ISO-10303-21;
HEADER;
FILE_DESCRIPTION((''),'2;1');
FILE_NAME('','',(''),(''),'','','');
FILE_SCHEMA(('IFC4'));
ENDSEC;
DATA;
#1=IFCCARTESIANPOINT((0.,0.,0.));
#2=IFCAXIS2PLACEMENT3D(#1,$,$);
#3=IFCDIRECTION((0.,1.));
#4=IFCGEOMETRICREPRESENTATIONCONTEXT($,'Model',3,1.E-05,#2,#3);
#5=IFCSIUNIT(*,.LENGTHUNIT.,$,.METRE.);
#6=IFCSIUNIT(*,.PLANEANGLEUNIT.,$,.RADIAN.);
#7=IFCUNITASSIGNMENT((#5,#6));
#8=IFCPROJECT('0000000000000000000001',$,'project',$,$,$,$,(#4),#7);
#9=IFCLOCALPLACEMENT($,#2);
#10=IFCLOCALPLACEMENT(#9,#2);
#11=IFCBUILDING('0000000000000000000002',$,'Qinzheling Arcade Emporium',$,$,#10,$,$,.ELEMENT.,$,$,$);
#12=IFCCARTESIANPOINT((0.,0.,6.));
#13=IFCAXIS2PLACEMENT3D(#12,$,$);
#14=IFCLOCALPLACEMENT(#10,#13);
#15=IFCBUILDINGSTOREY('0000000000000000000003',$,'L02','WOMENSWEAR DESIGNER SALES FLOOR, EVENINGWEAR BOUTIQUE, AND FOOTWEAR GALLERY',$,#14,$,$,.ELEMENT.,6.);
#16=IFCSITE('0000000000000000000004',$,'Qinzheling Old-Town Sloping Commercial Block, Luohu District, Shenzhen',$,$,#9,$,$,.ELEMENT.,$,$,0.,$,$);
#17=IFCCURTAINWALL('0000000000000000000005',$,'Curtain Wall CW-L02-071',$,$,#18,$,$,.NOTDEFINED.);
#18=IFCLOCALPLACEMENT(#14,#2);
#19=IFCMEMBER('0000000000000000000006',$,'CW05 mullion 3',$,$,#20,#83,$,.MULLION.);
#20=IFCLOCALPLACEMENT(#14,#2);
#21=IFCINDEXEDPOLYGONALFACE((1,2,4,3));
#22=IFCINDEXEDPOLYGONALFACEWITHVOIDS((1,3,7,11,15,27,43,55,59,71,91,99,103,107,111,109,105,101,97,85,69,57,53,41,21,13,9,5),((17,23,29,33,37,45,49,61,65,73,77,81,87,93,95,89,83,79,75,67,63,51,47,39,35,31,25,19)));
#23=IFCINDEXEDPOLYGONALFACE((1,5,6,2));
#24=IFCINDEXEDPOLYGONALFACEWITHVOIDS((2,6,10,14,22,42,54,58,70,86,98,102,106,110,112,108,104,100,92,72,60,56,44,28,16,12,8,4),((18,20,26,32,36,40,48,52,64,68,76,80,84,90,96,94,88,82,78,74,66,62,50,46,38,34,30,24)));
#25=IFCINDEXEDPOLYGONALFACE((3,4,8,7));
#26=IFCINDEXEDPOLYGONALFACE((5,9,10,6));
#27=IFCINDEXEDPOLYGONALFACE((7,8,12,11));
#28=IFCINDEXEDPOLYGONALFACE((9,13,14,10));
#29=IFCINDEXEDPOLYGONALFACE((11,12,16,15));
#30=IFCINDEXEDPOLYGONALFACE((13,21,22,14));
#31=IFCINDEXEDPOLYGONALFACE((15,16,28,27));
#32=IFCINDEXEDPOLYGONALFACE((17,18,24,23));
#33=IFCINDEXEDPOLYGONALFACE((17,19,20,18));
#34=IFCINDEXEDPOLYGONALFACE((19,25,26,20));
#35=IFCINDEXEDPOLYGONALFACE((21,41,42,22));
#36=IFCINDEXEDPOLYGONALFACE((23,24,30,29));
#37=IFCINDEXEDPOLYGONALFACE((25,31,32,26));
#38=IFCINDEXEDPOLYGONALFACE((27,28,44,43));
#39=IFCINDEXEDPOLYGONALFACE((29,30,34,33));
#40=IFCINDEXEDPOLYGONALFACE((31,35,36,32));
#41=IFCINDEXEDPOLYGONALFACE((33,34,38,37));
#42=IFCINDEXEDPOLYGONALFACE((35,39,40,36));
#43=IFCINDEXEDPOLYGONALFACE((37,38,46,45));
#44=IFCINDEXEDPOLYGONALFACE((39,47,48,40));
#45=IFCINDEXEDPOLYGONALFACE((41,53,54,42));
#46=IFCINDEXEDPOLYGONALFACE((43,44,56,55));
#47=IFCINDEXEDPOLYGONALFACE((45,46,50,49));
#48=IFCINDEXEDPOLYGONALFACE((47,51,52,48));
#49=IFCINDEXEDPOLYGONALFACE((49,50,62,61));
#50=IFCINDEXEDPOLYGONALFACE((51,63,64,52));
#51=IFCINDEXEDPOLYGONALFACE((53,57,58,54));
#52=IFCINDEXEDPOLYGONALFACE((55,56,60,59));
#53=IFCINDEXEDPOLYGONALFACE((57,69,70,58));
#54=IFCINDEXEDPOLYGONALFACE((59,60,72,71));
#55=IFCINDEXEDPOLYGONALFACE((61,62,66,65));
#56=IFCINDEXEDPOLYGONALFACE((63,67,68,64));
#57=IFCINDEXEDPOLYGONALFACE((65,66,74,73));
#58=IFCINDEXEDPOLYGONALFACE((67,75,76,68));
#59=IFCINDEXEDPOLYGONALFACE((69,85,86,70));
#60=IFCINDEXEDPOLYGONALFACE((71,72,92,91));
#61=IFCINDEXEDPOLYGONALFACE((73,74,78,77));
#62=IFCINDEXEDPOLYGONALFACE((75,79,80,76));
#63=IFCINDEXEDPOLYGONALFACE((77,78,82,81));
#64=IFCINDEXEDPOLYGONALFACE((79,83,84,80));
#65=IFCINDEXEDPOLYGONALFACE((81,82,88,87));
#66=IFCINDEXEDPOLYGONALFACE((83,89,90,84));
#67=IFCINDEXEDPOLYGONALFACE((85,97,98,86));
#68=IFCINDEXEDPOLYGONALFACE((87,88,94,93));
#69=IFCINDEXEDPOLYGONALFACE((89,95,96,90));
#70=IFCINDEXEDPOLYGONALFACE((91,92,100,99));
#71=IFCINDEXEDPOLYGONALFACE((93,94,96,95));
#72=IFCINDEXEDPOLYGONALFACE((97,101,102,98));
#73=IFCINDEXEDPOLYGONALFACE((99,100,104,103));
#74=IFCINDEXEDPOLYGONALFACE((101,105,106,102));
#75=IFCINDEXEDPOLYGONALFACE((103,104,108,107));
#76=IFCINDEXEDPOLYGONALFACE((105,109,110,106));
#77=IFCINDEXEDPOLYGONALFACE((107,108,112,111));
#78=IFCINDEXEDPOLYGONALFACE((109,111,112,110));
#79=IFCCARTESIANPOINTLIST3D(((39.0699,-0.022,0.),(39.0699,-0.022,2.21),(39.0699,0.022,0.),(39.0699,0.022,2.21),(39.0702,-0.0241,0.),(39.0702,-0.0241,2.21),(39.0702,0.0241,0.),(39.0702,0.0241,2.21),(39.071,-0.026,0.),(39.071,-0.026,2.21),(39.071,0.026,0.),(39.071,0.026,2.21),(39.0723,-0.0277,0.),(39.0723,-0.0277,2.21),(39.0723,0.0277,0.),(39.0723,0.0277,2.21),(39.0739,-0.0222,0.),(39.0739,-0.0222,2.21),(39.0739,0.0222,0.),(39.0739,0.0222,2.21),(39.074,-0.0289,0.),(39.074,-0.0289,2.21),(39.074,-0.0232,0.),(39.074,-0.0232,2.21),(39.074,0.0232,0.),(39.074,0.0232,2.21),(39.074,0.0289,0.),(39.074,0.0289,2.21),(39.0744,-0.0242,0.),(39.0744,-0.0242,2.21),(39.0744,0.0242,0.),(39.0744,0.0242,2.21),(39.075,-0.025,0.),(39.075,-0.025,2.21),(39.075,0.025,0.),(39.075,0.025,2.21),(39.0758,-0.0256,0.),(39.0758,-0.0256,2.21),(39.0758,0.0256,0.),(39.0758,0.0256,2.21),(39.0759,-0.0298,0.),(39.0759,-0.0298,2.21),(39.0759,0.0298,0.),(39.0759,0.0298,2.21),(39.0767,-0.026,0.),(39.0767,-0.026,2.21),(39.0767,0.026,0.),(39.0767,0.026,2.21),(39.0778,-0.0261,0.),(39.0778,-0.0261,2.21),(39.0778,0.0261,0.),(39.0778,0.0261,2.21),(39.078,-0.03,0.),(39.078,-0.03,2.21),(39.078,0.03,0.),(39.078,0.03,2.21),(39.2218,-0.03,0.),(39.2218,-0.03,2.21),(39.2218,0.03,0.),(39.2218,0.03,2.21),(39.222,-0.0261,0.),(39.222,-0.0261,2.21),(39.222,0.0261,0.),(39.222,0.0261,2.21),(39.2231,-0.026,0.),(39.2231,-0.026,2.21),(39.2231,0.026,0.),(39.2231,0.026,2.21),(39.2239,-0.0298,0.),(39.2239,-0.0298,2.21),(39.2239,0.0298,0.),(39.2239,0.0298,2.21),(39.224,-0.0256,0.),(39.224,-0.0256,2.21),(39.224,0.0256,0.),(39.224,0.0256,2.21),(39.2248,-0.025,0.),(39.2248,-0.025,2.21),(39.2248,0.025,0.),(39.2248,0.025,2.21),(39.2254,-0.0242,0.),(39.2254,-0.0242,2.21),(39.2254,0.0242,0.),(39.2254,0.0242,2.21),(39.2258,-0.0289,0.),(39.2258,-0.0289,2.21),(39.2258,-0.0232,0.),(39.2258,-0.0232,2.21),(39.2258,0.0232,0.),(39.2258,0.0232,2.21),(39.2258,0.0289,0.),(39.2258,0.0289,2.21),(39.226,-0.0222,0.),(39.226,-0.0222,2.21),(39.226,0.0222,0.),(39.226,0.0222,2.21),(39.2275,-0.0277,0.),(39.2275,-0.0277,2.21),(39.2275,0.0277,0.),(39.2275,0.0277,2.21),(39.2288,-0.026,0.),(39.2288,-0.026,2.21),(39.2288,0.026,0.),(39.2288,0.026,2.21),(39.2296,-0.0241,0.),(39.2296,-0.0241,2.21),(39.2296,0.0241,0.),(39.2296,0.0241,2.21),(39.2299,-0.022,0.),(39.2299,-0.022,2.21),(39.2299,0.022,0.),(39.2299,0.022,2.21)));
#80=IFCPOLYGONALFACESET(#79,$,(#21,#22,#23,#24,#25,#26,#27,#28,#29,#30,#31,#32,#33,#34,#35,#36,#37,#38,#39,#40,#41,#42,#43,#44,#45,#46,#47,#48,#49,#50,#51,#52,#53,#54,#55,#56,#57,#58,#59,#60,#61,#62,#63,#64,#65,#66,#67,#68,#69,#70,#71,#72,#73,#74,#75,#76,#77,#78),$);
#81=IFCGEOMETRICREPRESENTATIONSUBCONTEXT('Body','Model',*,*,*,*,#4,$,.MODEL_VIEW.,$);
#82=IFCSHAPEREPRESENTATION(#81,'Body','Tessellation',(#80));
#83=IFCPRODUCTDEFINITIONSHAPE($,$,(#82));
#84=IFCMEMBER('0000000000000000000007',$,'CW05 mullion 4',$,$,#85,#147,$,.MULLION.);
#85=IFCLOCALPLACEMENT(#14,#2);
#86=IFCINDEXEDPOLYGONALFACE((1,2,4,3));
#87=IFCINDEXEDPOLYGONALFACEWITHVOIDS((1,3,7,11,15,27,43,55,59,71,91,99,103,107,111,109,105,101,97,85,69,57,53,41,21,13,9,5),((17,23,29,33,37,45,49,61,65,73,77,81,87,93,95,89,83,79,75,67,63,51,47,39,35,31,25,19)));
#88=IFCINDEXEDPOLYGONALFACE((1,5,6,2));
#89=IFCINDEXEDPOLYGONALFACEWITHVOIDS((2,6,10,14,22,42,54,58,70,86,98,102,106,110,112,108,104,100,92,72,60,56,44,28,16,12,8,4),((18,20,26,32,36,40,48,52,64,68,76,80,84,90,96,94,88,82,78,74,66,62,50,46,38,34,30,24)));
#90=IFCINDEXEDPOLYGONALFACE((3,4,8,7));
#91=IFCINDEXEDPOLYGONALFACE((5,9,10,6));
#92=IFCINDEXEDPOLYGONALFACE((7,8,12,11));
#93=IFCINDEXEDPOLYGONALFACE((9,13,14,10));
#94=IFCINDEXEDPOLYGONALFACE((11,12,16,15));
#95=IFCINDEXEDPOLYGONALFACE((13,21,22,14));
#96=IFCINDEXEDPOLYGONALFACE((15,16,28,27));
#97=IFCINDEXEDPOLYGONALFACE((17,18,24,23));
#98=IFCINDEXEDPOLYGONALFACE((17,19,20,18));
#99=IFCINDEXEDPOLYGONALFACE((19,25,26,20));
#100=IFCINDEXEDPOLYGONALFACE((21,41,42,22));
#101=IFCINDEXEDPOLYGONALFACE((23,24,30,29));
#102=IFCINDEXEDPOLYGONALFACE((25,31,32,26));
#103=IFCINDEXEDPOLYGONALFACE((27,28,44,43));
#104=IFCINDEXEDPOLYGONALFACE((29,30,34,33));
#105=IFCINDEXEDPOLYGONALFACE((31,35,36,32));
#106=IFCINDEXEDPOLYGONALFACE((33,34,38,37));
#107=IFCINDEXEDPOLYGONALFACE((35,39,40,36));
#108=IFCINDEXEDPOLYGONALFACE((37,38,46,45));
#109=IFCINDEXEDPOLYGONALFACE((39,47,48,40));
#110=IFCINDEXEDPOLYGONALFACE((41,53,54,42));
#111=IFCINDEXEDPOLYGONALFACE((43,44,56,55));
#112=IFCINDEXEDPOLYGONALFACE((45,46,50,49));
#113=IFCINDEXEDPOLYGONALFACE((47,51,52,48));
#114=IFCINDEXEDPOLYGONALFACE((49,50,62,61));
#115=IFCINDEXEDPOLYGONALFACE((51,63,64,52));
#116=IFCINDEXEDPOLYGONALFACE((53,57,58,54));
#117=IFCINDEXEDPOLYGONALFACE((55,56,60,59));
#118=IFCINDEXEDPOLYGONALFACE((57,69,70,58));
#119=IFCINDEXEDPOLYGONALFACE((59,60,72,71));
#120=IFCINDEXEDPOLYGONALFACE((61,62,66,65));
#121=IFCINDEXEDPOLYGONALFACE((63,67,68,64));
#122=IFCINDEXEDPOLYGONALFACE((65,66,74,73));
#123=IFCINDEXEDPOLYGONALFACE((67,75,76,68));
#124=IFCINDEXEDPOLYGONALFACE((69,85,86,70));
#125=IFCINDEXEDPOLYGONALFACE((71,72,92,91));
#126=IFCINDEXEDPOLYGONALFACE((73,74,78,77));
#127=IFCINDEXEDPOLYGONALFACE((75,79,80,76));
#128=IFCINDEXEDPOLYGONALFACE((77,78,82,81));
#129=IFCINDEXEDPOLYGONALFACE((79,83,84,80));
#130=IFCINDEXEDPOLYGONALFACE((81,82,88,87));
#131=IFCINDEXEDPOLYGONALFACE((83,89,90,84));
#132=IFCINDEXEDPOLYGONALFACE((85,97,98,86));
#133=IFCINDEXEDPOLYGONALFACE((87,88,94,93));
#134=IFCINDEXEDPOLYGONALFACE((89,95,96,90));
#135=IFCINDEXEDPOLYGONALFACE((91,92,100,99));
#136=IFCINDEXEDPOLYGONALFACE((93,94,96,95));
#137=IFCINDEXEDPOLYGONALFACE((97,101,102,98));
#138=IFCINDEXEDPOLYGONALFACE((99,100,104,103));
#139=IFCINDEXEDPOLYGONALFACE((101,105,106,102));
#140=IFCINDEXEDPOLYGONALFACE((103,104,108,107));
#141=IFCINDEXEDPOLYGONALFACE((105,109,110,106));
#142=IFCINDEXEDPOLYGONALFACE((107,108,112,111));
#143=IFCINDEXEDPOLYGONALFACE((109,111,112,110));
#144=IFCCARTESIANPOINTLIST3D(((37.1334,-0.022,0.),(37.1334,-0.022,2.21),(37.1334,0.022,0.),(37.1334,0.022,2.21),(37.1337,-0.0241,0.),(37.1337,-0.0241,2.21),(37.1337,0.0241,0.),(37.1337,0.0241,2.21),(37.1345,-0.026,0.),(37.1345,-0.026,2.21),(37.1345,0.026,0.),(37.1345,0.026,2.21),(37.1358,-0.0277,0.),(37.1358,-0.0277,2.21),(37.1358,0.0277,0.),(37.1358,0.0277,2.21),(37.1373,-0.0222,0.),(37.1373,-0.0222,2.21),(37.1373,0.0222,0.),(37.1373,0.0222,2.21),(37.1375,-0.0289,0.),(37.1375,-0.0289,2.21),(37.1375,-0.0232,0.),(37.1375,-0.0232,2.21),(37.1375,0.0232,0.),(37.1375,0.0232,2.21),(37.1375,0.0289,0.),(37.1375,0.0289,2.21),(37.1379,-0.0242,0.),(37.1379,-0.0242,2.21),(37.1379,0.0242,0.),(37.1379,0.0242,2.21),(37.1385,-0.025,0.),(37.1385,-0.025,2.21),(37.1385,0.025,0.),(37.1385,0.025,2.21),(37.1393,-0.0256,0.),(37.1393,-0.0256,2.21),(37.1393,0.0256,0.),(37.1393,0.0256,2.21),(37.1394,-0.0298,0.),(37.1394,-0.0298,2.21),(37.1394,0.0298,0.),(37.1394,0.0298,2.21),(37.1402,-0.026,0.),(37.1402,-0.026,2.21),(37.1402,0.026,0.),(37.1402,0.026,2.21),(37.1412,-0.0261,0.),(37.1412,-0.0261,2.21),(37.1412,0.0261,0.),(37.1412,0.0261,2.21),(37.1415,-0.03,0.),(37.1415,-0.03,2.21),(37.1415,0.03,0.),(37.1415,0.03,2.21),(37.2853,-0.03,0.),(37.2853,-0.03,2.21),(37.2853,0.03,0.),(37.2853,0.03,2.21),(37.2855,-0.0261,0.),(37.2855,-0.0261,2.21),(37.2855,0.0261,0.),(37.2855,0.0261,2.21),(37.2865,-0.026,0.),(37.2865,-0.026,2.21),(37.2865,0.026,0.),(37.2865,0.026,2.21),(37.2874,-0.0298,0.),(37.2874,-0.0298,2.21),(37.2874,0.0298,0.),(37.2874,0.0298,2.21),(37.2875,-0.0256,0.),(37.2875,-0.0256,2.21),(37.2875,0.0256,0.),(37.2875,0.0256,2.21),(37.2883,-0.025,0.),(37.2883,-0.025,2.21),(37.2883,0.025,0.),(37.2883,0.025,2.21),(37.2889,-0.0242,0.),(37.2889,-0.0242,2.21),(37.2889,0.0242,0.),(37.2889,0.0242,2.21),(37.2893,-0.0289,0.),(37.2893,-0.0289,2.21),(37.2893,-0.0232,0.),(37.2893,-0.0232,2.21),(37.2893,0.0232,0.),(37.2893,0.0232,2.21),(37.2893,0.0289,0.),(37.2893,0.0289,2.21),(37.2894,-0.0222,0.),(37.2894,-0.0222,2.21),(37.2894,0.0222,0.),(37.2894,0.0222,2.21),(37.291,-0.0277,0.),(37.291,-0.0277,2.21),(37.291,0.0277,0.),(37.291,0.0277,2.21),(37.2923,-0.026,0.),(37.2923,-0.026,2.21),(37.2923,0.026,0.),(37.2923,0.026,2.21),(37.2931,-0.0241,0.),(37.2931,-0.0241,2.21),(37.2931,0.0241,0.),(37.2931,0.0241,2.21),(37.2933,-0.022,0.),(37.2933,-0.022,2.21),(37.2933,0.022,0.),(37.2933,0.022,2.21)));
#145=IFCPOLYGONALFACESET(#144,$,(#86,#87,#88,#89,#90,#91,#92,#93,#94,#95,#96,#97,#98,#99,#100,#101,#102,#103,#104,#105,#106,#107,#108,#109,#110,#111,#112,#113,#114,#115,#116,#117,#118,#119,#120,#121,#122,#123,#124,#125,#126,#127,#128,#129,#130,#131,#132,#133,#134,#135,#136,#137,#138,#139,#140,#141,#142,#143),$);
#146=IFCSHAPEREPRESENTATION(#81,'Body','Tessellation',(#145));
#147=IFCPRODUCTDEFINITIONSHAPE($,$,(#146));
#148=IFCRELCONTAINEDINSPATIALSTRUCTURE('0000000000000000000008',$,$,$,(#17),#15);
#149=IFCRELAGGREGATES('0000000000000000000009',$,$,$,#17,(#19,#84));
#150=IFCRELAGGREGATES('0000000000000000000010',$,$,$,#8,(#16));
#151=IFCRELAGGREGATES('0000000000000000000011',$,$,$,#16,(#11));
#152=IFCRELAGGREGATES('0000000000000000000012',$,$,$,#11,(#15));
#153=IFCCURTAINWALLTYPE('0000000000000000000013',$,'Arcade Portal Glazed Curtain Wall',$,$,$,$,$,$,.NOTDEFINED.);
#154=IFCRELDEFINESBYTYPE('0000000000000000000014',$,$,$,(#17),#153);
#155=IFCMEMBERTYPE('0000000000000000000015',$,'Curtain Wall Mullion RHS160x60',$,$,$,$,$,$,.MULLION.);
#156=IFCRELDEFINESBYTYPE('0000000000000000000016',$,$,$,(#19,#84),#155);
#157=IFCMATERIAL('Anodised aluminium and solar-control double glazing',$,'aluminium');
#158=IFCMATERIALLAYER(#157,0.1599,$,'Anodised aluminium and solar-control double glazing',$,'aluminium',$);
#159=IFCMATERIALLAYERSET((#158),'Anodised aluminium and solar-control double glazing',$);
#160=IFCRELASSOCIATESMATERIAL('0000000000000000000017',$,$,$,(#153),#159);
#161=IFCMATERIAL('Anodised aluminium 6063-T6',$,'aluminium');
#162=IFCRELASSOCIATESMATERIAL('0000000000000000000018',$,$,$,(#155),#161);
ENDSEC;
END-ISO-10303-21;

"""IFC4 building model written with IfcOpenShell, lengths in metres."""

from ifc_helpers import new_model, si_unit, direction, frame, origin, origin_2d, place, context, subcontext, project, spatial, hollow_rectangle, extrude, material, layer, layer_set, material_profile, profile_set, type_object, element, aggregate, save


model = new_model("IFC4")

# Units and contexts
model_context = context("Model", 3, precision=1e-05, world=origin(), true_north=direction((0.0, 1.0)))
body_context = subcontext(model_context, "Body", "Model", "MODEL_VIEW")
ifc_project = project(units=[si_unit("LENGTHUNIT", "METRE"), si_unit("PLANEANGLEUNIT", "RADIAN")], contexts=[model_context])

# Site, building, storey
site_placement = place(None, origin())
site = spatial("IfcSite", under=ifc_project, at=site_placement, Name="Qinzheling Old-Town Sloping Commercial Block, Luohu District, Shenzhen", CompositionType="ELEMENT", RefElevation=0.0)
building_placement = place(site_placement, origin())
building = spatial("IfcBuilding", under=site, at=building_placement, Name="Qinzheling Arcade Emporium", CompositionType="ELEMENT")
storey_placement = place(building_placement, frame((0.0, 0.0, 6.0)))
storey = spatial("IfcBuildingStorey", under=building, at=storey_placement, Name="L02", Description="WOMENSWEAR DESIGNER SALES FLOOR, EVENINGWEAR BOUTIQUE, AND FOOTWEAR GALLERY", CompositionType="ELEMENT", Elevation=6.0)

# Curtain wall, members
ifc_material_1 = material(Name="Anodised aluminium and solar-control double glazing", Category="aluminium")
ifc_layer_1 = layer(ifc_material_1, 0.1599, Name="Anodised aluminium and solar-control double glazing", Category="aluminium")
ifc_layer_set_1 = layer_set([ifc_layer_1], Name="Anodised aluminium and solar-control double glazing")
curtain_wall_type = type_object("IfcCurtainWallType", Name="Arcade Portal Glazed Curtain Wall", PredefinedType="NOTDEFINED", material=ifc_layer_set_1)
curtain_wall_placement = place(storey_placement, origin())
curtain_wall = element("IfcCurtainWall", 1, at=curtain_wall_placement, inside=storey, type_object=curtain_wall_type, Name="Curtain Wall CW-L02-071", PredefinedType="NOTDEFINED")
ifc_material_2 = material(Name="Anodised aluminium 6063-T6", Category="aluminium")
ifc_material_profile_1 = material_profile(ifc_material_2, hollow_rectangle(XDim=0.0601, YDim=0.1599, WallThickness=0.0039, InnerFilletRadius=0.0039, OuterFilletRadius=0.0081, at=origin_2d()), Name="RHS 160x60x4", Category="aluminium")
ifc_profile_set_1 = profile_set([ifc_material_profile_1], Name="Anodised aluminium 6063-T6")
member_type_1 = type_object("IfcMemberType", Name="Curtain Wall Mullion RHS160x60", PredefinedType="MULLION", material=ifc_profile_set_1)
member_1_placement = place(storey_placement, frame((39.1499, 0.0, 0.0), z_axis=(0.0, 0.0, 1.0), x_axis=(0.0, -1.0, 0.0)))
member_1 = element("IfcMember", 2, at=member_1_placement, type_object=member_type_1, Name="CW05 mullion 3", PredefinedType="MULLION", context=body_context, shape_type="SweptSolid", body=[
    extrude(hollow_rectangle(XDim=0.0601, YDim=0.1599, WallThickness=0.0039, InnerFilletRadius=0.0039, OuterFilletRadius=0.0081, at=origin_2d()), origin(), (0.0, 0.0, 1.0), 2.21),
])
member_2_placement = place(storey_placement, frame((37.2134, 0.0, 0.0), z_axis=(0.0, 0.0, 1.0), x_axis=(0.0, -1.0, 0.0)))
member_2 = element("IfcMember", 3, at=member_2_placement, type_object=member_type_1, Name="CW05 mullion 4", PredefinedType="MULLION", context=body_context, shape_type="SweptSolid", body=[
    extrude(hollow_rectangle(XDim=0.0601, YDim=0.1599, WallThickness=0.0039, InnerFilletRadius=0.0039, OuterFilletRadius=0.0081, at=origin_2d()), origin(), (0.0, 0.0, 1.0), 2.21),
])
aggregate(curtain_wall, [member_1, member_2])

save(model, "model.ifc")
